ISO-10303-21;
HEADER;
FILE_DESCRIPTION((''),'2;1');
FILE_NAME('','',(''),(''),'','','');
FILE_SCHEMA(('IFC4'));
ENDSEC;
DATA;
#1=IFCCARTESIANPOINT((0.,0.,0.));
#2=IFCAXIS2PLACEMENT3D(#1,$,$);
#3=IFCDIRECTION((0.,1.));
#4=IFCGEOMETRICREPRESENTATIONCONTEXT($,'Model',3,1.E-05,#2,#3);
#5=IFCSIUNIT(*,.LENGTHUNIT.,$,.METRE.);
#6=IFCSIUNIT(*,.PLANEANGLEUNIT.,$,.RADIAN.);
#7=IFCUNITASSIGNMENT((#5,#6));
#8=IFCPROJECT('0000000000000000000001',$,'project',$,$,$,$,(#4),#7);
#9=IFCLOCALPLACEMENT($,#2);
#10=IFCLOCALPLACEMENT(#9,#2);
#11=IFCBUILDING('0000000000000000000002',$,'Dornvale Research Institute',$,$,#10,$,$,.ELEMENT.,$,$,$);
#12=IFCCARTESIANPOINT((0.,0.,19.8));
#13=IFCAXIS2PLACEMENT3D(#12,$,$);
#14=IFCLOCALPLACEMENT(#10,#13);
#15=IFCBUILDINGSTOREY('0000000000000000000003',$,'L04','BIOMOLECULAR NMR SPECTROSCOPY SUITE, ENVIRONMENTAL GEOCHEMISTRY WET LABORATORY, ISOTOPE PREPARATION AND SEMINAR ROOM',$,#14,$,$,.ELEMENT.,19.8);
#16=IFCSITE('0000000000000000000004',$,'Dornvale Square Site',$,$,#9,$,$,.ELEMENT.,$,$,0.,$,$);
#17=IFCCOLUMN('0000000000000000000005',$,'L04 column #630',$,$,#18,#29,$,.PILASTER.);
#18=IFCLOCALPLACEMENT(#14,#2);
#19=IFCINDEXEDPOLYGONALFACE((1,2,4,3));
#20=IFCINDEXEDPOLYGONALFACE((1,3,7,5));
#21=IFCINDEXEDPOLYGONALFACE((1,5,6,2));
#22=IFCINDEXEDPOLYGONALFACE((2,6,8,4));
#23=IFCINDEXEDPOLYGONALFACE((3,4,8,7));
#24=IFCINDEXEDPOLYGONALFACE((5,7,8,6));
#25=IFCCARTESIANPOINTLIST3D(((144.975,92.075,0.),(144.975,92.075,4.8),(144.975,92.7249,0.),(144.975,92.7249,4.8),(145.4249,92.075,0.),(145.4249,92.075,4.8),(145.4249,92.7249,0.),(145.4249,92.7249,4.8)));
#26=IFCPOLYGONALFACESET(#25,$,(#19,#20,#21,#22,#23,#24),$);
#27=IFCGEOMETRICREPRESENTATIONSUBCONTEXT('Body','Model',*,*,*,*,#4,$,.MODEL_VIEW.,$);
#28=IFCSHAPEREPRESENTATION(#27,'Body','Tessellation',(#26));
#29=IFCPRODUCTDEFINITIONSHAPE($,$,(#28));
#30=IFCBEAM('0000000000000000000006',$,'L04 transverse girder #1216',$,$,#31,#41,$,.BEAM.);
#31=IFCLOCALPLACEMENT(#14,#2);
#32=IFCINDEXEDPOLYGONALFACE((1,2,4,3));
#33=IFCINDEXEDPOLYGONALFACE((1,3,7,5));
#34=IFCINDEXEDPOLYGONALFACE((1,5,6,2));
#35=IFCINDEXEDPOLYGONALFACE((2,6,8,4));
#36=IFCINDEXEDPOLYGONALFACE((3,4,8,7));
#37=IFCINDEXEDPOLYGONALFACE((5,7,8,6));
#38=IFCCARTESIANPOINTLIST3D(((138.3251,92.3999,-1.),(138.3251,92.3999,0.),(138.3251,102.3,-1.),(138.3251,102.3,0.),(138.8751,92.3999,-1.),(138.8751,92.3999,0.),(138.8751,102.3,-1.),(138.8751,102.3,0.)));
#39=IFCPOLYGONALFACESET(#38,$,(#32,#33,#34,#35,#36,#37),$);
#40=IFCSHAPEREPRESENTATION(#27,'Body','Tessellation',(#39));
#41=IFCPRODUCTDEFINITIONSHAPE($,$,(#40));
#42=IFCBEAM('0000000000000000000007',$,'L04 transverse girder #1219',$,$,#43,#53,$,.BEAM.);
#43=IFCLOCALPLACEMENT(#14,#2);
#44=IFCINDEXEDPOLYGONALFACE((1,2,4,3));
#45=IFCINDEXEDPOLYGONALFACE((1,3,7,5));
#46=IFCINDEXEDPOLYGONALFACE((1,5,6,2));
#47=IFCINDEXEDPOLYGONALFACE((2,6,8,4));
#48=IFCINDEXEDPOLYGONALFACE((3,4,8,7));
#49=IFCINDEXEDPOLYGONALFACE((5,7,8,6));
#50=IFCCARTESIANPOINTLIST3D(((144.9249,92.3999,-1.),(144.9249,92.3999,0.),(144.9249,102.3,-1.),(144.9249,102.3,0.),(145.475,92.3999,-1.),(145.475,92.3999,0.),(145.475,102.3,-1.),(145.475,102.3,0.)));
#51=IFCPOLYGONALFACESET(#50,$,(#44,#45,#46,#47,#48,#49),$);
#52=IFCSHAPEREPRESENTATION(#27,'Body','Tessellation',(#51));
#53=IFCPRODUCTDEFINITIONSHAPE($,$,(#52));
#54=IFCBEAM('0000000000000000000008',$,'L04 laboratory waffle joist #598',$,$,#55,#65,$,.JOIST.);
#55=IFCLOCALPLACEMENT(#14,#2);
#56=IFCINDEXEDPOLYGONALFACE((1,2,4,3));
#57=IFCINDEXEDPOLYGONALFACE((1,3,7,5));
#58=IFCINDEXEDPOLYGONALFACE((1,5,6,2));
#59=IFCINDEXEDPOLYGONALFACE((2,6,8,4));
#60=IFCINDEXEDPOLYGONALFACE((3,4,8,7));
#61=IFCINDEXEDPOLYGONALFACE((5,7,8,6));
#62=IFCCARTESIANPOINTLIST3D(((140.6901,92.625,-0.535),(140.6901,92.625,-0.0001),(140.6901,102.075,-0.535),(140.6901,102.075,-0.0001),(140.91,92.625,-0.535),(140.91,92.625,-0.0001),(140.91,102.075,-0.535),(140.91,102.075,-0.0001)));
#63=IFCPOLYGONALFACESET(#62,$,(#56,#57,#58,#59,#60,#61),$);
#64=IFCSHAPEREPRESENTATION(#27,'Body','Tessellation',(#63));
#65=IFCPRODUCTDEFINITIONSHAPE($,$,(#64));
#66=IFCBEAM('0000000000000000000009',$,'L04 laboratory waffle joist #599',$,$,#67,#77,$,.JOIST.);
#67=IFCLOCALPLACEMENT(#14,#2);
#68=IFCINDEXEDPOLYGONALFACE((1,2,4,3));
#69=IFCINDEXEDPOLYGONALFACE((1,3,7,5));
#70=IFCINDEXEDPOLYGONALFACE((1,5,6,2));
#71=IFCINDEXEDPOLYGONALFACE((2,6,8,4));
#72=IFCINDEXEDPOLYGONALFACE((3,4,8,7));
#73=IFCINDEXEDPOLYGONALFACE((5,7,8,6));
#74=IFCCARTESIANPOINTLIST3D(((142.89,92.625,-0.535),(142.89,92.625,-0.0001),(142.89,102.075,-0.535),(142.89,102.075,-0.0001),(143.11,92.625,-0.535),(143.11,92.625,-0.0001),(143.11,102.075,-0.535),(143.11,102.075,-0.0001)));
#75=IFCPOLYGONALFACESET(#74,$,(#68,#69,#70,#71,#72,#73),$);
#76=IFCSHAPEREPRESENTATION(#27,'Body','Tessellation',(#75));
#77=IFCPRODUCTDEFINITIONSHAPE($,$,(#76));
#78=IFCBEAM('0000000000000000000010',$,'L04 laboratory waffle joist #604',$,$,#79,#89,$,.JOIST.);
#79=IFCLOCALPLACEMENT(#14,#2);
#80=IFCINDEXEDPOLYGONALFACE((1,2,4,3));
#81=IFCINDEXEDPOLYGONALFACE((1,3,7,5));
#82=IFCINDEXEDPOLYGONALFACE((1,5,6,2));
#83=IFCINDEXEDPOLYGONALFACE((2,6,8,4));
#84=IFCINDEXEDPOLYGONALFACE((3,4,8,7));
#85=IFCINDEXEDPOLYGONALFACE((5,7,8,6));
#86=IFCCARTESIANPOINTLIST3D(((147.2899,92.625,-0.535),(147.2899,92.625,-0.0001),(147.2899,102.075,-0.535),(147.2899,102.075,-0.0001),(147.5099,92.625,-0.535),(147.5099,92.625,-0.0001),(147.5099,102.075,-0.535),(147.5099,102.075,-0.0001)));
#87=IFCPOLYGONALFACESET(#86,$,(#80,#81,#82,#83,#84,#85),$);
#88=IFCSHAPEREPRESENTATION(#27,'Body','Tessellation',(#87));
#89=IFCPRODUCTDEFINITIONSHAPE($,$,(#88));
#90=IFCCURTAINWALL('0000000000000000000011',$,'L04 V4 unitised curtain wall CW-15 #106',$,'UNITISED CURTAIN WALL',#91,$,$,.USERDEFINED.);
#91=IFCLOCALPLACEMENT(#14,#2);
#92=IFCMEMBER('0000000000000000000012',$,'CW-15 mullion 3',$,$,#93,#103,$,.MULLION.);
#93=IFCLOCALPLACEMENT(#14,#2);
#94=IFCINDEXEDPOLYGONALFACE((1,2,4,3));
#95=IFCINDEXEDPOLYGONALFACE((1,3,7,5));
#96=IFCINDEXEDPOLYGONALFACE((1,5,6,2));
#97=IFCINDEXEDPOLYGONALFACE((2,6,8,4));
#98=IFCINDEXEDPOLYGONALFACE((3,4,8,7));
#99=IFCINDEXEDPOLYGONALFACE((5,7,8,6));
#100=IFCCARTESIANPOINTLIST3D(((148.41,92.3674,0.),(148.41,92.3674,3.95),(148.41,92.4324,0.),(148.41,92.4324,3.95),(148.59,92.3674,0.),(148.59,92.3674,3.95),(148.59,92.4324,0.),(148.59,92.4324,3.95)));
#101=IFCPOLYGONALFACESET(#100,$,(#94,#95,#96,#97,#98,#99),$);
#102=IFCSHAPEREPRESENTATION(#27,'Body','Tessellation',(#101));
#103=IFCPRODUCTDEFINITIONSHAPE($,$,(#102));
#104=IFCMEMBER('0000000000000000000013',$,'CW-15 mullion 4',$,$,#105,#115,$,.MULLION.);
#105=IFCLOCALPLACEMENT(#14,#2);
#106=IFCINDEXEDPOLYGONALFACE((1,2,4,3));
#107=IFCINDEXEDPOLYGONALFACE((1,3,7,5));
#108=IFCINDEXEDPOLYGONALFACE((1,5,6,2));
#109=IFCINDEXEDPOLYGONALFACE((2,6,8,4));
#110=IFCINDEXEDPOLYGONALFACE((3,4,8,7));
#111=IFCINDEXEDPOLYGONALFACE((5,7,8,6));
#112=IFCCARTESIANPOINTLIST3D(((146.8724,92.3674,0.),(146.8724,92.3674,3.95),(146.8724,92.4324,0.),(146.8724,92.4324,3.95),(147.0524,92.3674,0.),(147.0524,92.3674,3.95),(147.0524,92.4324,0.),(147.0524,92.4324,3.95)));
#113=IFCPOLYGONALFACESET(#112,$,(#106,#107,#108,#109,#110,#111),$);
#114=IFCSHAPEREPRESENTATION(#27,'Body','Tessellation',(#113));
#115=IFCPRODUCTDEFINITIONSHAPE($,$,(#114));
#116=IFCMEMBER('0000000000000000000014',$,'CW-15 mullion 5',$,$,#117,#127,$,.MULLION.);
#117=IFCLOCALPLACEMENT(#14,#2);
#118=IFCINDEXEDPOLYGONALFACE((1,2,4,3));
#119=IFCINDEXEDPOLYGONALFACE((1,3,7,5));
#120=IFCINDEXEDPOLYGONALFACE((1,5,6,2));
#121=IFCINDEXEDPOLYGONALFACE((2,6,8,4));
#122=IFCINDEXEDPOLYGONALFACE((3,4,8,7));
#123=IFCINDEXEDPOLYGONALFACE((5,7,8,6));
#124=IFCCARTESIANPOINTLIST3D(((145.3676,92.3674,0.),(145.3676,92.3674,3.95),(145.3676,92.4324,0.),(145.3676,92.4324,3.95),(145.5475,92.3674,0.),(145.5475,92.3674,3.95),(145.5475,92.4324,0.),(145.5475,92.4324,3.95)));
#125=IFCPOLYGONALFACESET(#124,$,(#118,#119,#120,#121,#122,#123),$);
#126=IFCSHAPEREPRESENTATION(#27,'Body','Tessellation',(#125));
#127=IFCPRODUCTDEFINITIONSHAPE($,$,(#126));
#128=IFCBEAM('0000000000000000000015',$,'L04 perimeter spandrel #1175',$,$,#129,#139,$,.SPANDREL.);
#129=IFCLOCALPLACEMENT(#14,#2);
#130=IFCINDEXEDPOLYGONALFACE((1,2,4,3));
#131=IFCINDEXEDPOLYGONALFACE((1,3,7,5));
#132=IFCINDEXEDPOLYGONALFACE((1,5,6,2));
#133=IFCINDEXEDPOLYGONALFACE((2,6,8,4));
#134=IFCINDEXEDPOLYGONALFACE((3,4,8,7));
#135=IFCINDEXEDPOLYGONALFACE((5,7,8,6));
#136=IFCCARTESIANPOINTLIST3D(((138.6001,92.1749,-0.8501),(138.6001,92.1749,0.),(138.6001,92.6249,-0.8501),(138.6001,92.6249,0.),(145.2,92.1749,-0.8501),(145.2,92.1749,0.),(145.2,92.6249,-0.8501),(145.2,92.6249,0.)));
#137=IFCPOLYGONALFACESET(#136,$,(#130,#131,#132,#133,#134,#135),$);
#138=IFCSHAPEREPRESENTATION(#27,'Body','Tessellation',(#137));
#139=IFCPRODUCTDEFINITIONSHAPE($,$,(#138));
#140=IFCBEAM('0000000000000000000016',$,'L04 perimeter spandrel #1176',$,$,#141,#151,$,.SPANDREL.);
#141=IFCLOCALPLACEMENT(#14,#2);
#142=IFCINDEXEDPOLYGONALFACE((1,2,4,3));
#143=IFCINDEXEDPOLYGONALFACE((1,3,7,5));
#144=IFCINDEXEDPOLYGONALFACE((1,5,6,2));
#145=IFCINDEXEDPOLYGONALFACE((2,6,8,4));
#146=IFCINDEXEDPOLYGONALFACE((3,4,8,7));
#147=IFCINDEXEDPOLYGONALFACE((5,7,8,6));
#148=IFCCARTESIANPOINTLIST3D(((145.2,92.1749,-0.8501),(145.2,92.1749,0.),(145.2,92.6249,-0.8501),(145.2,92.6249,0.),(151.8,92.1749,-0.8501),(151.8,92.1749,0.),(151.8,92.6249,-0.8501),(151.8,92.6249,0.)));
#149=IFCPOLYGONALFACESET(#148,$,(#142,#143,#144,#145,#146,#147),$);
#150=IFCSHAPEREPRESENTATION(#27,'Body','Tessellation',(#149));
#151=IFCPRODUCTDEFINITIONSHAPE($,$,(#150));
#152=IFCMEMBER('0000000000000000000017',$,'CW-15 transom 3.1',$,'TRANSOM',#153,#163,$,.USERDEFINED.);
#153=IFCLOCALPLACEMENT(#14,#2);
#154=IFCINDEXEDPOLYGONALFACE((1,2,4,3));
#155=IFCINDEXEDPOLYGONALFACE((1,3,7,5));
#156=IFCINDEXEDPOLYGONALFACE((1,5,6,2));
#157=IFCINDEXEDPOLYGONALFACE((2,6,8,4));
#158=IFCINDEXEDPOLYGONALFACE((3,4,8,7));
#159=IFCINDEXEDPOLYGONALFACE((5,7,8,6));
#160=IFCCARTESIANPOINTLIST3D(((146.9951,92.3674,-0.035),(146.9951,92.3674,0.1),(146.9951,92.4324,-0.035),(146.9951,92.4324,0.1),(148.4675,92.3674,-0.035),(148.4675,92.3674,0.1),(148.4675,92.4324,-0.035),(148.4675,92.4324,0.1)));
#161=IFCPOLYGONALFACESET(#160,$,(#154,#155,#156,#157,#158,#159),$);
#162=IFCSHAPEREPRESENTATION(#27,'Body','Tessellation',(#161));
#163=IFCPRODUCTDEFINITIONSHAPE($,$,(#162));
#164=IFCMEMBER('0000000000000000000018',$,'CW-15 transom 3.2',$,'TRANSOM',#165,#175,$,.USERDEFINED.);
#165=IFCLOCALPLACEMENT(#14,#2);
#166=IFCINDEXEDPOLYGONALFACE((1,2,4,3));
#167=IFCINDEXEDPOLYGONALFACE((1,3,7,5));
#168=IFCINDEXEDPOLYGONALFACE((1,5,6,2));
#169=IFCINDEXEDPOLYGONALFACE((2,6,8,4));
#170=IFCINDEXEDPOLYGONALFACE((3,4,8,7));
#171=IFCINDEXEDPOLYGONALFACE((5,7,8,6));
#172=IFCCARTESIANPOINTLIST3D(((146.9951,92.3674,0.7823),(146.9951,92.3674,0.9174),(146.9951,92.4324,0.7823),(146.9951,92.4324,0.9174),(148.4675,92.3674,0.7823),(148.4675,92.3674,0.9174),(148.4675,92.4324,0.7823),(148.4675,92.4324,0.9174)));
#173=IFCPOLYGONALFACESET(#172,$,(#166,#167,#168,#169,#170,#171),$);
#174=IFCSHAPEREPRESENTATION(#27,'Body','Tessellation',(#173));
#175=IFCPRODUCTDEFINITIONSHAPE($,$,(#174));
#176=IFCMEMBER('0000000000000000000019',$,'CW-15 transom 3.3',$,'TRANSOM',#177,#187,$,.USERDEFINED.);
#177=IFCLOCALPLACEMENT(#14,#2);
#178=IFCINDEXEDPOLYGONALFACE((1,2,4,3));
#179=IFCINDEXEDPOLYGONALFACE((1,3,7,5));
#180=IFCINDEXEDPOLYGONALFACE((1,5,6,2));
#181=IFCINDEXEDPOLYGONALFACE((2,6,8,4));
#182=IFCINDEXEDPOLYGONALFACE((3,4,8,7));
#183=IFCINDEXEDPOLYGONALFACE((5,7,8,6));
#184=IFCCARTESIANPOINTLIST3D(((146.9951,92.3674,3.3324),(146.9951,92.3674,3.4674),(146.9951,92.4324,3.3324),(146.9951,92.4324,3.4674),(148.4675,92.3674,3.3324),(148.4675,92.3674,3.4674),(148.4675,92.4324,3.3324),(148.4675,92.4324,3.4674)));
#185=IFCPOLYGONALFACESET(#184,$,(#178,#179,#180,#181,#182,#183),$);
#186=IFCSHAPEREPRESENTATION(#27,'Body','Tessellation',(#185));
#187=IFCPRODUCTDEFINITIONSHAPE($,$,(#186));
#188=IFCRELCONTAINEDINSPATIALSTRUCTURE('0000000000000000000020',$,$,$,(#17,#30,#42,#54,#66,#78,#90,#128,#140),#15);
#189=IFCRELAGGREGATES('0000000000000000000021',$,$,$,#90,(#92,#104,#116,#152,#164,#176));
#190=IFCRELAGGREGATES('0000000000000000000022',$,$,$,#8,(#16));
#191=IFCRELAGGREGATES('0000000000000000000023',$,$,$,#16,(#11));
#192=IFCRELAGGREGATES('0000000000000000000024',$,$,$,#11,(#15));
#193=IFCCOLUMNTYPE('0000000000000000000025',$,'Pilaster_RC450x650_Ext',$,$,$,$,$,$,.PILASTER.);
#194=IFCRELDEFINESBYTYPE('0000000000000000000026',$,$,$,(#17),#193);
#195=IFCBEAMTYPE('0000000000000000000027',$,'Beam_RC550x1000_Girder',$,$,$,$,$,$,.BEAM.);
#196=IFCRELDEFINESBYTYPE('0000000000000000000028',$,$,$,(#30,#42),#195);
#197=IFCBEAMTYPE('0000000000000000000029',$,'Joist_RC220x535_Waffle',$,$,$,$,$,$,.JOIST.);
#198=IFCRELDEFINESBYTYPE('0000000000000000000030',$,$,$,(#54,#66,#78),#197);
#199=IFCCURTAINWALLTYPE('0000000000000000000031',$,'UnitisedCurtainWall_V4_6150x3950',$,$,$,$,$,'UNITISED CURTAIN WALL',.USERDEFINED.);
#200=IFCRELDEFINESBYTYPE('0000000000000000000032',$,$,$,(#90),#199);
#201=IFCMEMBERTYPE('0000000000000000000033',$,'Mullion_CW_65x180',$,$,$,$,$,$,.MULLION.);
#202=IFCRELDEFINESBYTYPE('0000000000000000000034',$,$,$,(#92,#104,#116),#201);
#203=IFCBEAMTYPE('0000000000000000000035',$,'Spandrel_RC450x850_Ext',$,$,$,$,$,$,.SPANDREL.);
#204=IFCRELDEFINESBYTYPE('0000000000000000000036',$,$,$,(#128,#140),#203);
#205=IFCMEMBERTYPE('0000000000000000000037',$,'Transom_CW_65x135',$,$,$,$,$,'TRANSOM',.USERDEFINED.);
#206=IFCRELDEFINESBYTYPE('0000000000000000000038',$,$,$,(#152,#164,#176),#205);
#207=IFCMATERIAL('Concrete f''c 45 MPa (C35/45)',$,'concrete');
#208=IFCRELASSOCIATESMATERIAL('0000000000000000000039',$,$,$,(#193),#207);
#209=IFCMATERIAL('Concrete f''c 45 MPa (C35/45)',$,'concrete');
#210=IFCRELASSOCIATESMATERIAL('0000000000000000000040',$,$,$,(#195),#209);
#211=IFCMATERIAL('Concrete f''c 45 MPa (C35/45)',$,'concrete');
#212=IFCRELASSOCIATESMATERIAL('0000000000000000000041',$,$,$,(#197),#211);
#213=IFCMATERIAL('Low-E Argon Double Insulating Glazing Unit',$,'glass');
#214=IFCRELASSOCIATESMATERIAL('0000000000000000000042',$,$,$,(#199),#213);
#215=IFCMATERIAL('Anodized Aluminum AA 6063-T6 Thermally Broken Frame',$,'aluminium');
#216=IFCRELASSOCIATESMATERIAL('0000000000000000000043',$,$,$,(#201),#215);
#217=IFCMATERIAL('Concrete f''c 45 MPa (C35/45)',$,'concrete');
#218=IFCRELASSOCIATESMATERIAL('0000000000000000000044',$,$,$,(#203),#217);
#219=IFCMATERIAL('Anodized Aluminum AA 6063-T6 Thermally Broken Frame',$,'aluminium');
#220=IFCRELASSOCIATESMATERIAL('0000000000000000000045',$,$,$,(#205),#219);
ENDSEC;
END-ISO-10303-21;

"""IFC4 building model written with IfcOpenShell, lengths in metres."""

from ifc_helpers import new_model, si_unit, direction, frame, origin, origin_2d, place, context, subcontext, project, spatial, rectangle, extrude, material, material_profile, profile_set, type_object, element, aggregate, save


model = new_model("IFC4")

# Units and contexts
model_context = context("Model", 3, precision=1e-05, world=origin(), true_north=direction((0.0, 1.0)))
body_context = subcontext(model_context, "Body", "Model", "MODEL_VIEW")
ifc_project = project(units=[si_unit("LENGTHUNIT", "METRE"), si_unit("PLANEANGLEUNIT", "RADIAN")], contexts=[model_context])

# Site, building, storey
site_placement = place(None, origin())
site = spatial("IfcSite", under=ifc_project, at=site_placement, Name="Dornvale Square Site", CompositionType="ELEMENT", RefElevation=0.0)
building_placement = place(site_placement, origin())
building = spatial("IfcBuilding", under=site, at=building_placement, Name="Dornvale Research Institute", CompositionType="ELEMENT")
storey_placement = place(building_placement, frame((0.0, 0.0, 19.8)))
storey = spatial("IfcBuildingStorey", under=building, at=storey_placement, Name="L04", Description="BIOMOLECULAR NMR SPECTROSCOPY SUITE, ENVIRONMENTAL GEOCHEMISTRY WET LABORATORY, ISOTOPE PREPARATION AND SEMINAR ROOM", CompositionType="ELEMENT", Elevation=19.8)

# Column
ifc_material_1 = material(Name="Concrete f'c 45 MPa (C35/45)", Category="concrete")
ifc_material_profile_1 = material_profile(ifc_material_1, rectangle(XDim=0.45, YDim=0.6499, at=origin_2d()), Name="RC 450x650")
ifc_profile_set_1 = profile_set([ifc_material_profile_1], Name="Concrete f'c 45 MPa (C35/45)")
column_type = type_object("IfcColumnType", Name="Pilaster_RC450x650_Ext", PredefinedType="PILASTER", material=ifc_profile_set_1)
column_placement = place(storey_placement, frame((145.2, 92.3999, 0.0), z_axis=(0.0, 0.0, 1.0), x_axis=(1.0, 0.0, 0.0)))
element("IfcColumn", 1, at=column_placement, inside=storey, type_object=column_type, Name="L04 column #630", PredefinedType="PILASTER", context=body_context, shape_type="SweptSolid", body=[
    extrude(rectangle(XDim=0.45, YDim=0.6499, at=origin_2d()), origin(), (0.0, 0.0, 1.0), 4.8),
])

# Beams
ifc_material_2 = material(Name="Concrete f'c 45 MPa (C35/45)", Category="concrete")
ifc_material_profile_2 = material_profile(ifc_material_2, rectangle(XDim=0.55, YDim=1.0, at=origin_2d()), Name="RC 550x1000")
ifc_profile_set_2 = profile_set([ifc_material_profile_2], Name="Concrete f'c 45 MPa (C35/45)")
beam_type_1 = type_object("IfcBeamType", Name="Beam_RC550x1000_Girder", PredefinedType="BEAM", material=ifc_profile_set_2)
for number, where, z_axis, x_axis, name in (
    (2, (138.6001, 92.3999, -0.5), (0.0, 1.0, 0.0), (-1.0, 0.0, 0.0), "L04 transverse girder #1216"),
    (3, (145.2, 92.3999, -0.5), (0.0, 1.0, 0.0), (-1.0, 0.0, 0.0), "L04 transverse girder #1219"),
):
    element("IfcBeam", number, at=place(storey_placement, frame(where, z_axis=z_axis, x_axis=x_axis)), inside=storey, type_object=beam_type_1, Name=name, PredefinedType="BEAM", context=body_context, shape_type="SweptSolid", body=[
        extrude(rectangle(XDim=0.55, YDim=1.0, at=origin_2d()), origin(), (0.0, 0.0, 1.0), 9.9001),
    ])
ifc_material_3 = material(Name="Concrete f'c 45 MPa (C35/45)", Category="concrete")
ifc_material_profile_3 = material_profile(ifc_material_3, rectangle(XDim=0.22, YDim=0.5349, at=origin_2d()), Name="RC 220x535")
ifc_profile_set_3 = profile_set([ifc_material_profile_3], Name="Concrete f'c 45 MPa (C35/45)")
beam_type_2 = type_object("IfcBeamType", Name="Joist_RC220x535_Waffle", PredefinedType="JOIST", material=ifc_profile_set_3)
for number, where, z_axis, x_axis, name in (
    (4, (140.8, 92.625, -0.2676), (0.0, 1.0, 0.0), (-1.0, 0.0, 0.0), "L04 laboratory waffle joist #598"),
    (5, (143.0, 92.625, -0.2676), (0.0, 1.0, 0.0), (-1.0, 0.0, 0.0), "L04 laboratory waffle joist #599"),
    (6, (147.3999, 92.625, -0.2676), (0.0, 1.0, 0.0), (-1.0, 0.0, 0.0), "L04 laboratory waffle joist #604"),
):
    element("IfcBeam", number, at=place(storey_placement, frame(where, z_axis=z_axis, x_axis=x_axis)), inside=storey, type_object=beam_type_2, Name=name, PredefinedType="JOIST", context=body_context, shape_type="SweptSolid", body=[
        extrude(rectangle(XDim=0.22, YDim=0.5349, at=origin_2d()), origin(), (0.0, 0.0, 1.0), 9.45),
    ])

# Curtain wall, members
ifc_material_4 = material(Name="Low-E Argon Double Insulating Glazing Unit", Category="glass")
curtain_wall_type = type_object("IfcCurtainWallType", Name="UnitisedCurtainWall_V4_6150x3950", ElementType="UNITISED CURTAIN WALL", PredefinedType="USERDEFINED", material=ifc_material_4)
curtain_wall_placement = place(storey_placement, origin())
curtain_wall = element("IfcCurtainWall", 7, at=curtain_wall_placement, inside=storey, type_object=curtain_wall_type, Name="L04 V4 unitised curtain wall CW-15 #106", ObjectType="UNITISED CURTAIN WALL", PredefinedType="USERDEFINED")
ifc_material_5 = material(Name="Anodized Aluminum AA 6063-T6 Thermally Broken Frame", Category="aluminium")
ifc_material_profile_4 = material_profile(ifc_material_5, rectangle(XDim=0.0649, YDim=0.1799, at=origin_2d()), Name="ALU MULLION 65x180")
ifc_profile_set_4 = profile_set([ifc_material_profile_4], Name="Anodized Aluminum AA 6063-T6 Thermally Broken Frame")
member_type_1 = type_object("IfcMemberType", Name="Mullion_CW_65x180", PredefinedType="MULLION", material=ifc_profile_set_4)
member_1_placement = place(storey_placement, frame((148.5, 92.3999, 0.0), z_axis=(0.0, 0.0, 1.0), x_axis=(0.0, -1.0, 0.0)))
member_1 = element("IfcMember", 8, at=member_1_placement, type_object=member_type_1, Name="CW-15 mullion 3", PredefinedType="MULLION", context=body_context, shape_type="SweptSolid", body=[
    extrude(rectangle(XDim=0.0649, YDim=0.1799, at=origin_2d()), origin(), (0.0, 0.0, 1.0), 3.95),
])
member_2_placement = place(storey_placement, frame((146.9624, 92.3999, 0.0), z_axis=(0.0, 0.0, 1.0), x_axis=(0.0, -1.0, 0.0)))
member_2 = element("IfcMember", 9, at=member_2_placement, type_object=member_type_1, Name="CW-15 mullion 4", PredefinedType="MULLION", context=body_context, shape_type="SweptSolid", body=[
    extrude(rectangle(XDim=0.0649, YDim=0.1799, at=origin_2d()), origin(), (0.0, 0.0, 1.0), 3.95),
])
member_3_placement = place(storey_placement, frame((145.4575, 92.3999, 0.0), z_axis=(0.0, 0.0, 1.0), x_axis=(0.0, -1.0, 0.0)))
member_3 = element("IfcMember", 10, at=member_3_placement, type_object=member_type_1, Name="CW-15 mullion 5", PredefinedType="MULLION", context=body_context, shape_type="SweptSolid", body=[
    extrude(rectangle(XDim=0.0649, YDim=0.1799, at=origin_2d()), origin(), (0.0, 0.0, 1.0), 3.95),
])

# Beams
ifc_material_6 = material(Name="Concrete f'c 45 MPa (C35/45)", Category="concrete")
ifc_material_profile_5 = material_profile(ifc_material_6, rectangle(XDim=0.45, YDim=0.8501, at=origin_2d()), Name="RC 450x850")
ifc_profile_set_5 = profile_set([ifc_material_profile_5], Name="Concrete f'c 45 MPa (C35/45)")
beam_type_3 = type_object("IfcBeamType", Name="Spandrel_RC450x850_Ext", PredefinedType="SPANDREL", material=ifc_profile_set_5)
beam_1_placement = place(storey_placement, frame((138.6001, 92.3999, -0.425), z_axis=(1.0, 0.0, 0.0), x_axis=(0.0, 1.0, 0.0)))
element("IfcBeam", 11, at=beam_1_placement, inside=storey, type_object=beam_type_3, Name="L04 perimeter spandrel #1175", PredefinedType="SPANDREL", context=body_context, shape_type="SweptSolid", body=[
    extrude(rectangle(XDim=0.45, YDim=0.8501, at=origin_2d()), origin(), (0.0, 0.0, 1.0), 6.5999),
])
beam_2_placement = place(storey_placement, frame((145.2, 92.3999, -0.425), z_axis=(1.0, 0.0, 0.0), x_axis=(0.0, 1.0, 0.0)))
element("IfcBeam", 12, at=beam_2_placement, inside=storey, type_object=beam_type_3, Name="L04 perimeter spandrel #1176", PredefinedType="SPANDREL", context=body_context, shape_type="SweptSolid", body=[
    extrude(rectangle(XDim=0.45, YDim=0.8501, at=origin_2d()), origin(), (0.0, 0.0, 1.0), 6.6001),
])

# Members
ifc_material_7 = material(Name="Anodized Aluminum AA 6063-T6 Thermally Broken Frame", Category="aluminium")
ifc_material_profile_6 = material_profile(ifc_material_7, rectangle(XDim=0.0649, YDim=0.135, at=origin_2d()), Name="ALU TRANSOM 65x135")
ifc_profile_set_6 = profile_set([ifc_material_profile_6], Name="Anodized Aluminum AA 6063-T6 Thermally Broken Frame")
member_type_2 = type_object("IfcMemberType", Name="Transom_CW_65x135", ElementType="TRANSOM", PredefinedType="USERDEFINED", material=ifc_profile_set_6)
member_4_placement = place(storey_placement, frame((148.4675, 92.3999, 0.0325), z_axis=(-1.0, 0.0, 0.0), x_axis=(0.0, -1.0, 0.0)))
member_4 = element("IfcMember", 13, at=member_4_placement, type_object=member_type_2, Name="CW-15 transom 3.1", ObjectType="TRANSOM", PredefinedType="USERDEFINED", context=body_context, shape_type="SweptSolid", body=[
    extrude(rectangle(XDim=0.0649, YDim=0.135, at=origin_2d()), origin(), (0.0, 0.0, 1.0), 1.4724),
])
member_5_placement = place(storey_placement, frame((148.4675, 92.3999, 0.8499), z_axis=(-1.0, 0.0, 0.0), x_axis=(0.0, -1.0, 0.0)))
member_5 = element("IfcMember", 14, at=member_5_placement, type_object=member_type_2, Name="CW-15 transom 3.2", ObjectType="TRANSOM", PredefinedType="USERDEFINED", context=body_context, shape_type="SweptSolid", body=[
    extrude(rectangle(XDim=0.0649, YDim=0.135, at=origin_2d()), origin(), (0.0, 0.0, 1.0), 1.4724),
])
member_6_placement = place(storey_placement, frame((148.4675, 92.3999, 3.3999), z_axis=(-1.0, 0.0, 0.0), x_axis=(0.0, -1.0, 0.0)))
member_6 = element("IfcMember", 15, at=member_6_placement, type_object=member_type_2, Name="CW-15 transom 3.3", ObjectType="TRANSOM", PredefinedType="USERDEFINED", context=body_context, shape_type="SweptSolid", body=[
    extrude(rectangle(XDim=0.0649, YDim=0.135, at=origin_2d()), origin(), (0.0, 0.0, 1.0), 1.4724),
])

aggregate(curtain_wall, [member_1, member_2, member_3, member_4, member_5, member_6])

save(model, "model.ifc")
